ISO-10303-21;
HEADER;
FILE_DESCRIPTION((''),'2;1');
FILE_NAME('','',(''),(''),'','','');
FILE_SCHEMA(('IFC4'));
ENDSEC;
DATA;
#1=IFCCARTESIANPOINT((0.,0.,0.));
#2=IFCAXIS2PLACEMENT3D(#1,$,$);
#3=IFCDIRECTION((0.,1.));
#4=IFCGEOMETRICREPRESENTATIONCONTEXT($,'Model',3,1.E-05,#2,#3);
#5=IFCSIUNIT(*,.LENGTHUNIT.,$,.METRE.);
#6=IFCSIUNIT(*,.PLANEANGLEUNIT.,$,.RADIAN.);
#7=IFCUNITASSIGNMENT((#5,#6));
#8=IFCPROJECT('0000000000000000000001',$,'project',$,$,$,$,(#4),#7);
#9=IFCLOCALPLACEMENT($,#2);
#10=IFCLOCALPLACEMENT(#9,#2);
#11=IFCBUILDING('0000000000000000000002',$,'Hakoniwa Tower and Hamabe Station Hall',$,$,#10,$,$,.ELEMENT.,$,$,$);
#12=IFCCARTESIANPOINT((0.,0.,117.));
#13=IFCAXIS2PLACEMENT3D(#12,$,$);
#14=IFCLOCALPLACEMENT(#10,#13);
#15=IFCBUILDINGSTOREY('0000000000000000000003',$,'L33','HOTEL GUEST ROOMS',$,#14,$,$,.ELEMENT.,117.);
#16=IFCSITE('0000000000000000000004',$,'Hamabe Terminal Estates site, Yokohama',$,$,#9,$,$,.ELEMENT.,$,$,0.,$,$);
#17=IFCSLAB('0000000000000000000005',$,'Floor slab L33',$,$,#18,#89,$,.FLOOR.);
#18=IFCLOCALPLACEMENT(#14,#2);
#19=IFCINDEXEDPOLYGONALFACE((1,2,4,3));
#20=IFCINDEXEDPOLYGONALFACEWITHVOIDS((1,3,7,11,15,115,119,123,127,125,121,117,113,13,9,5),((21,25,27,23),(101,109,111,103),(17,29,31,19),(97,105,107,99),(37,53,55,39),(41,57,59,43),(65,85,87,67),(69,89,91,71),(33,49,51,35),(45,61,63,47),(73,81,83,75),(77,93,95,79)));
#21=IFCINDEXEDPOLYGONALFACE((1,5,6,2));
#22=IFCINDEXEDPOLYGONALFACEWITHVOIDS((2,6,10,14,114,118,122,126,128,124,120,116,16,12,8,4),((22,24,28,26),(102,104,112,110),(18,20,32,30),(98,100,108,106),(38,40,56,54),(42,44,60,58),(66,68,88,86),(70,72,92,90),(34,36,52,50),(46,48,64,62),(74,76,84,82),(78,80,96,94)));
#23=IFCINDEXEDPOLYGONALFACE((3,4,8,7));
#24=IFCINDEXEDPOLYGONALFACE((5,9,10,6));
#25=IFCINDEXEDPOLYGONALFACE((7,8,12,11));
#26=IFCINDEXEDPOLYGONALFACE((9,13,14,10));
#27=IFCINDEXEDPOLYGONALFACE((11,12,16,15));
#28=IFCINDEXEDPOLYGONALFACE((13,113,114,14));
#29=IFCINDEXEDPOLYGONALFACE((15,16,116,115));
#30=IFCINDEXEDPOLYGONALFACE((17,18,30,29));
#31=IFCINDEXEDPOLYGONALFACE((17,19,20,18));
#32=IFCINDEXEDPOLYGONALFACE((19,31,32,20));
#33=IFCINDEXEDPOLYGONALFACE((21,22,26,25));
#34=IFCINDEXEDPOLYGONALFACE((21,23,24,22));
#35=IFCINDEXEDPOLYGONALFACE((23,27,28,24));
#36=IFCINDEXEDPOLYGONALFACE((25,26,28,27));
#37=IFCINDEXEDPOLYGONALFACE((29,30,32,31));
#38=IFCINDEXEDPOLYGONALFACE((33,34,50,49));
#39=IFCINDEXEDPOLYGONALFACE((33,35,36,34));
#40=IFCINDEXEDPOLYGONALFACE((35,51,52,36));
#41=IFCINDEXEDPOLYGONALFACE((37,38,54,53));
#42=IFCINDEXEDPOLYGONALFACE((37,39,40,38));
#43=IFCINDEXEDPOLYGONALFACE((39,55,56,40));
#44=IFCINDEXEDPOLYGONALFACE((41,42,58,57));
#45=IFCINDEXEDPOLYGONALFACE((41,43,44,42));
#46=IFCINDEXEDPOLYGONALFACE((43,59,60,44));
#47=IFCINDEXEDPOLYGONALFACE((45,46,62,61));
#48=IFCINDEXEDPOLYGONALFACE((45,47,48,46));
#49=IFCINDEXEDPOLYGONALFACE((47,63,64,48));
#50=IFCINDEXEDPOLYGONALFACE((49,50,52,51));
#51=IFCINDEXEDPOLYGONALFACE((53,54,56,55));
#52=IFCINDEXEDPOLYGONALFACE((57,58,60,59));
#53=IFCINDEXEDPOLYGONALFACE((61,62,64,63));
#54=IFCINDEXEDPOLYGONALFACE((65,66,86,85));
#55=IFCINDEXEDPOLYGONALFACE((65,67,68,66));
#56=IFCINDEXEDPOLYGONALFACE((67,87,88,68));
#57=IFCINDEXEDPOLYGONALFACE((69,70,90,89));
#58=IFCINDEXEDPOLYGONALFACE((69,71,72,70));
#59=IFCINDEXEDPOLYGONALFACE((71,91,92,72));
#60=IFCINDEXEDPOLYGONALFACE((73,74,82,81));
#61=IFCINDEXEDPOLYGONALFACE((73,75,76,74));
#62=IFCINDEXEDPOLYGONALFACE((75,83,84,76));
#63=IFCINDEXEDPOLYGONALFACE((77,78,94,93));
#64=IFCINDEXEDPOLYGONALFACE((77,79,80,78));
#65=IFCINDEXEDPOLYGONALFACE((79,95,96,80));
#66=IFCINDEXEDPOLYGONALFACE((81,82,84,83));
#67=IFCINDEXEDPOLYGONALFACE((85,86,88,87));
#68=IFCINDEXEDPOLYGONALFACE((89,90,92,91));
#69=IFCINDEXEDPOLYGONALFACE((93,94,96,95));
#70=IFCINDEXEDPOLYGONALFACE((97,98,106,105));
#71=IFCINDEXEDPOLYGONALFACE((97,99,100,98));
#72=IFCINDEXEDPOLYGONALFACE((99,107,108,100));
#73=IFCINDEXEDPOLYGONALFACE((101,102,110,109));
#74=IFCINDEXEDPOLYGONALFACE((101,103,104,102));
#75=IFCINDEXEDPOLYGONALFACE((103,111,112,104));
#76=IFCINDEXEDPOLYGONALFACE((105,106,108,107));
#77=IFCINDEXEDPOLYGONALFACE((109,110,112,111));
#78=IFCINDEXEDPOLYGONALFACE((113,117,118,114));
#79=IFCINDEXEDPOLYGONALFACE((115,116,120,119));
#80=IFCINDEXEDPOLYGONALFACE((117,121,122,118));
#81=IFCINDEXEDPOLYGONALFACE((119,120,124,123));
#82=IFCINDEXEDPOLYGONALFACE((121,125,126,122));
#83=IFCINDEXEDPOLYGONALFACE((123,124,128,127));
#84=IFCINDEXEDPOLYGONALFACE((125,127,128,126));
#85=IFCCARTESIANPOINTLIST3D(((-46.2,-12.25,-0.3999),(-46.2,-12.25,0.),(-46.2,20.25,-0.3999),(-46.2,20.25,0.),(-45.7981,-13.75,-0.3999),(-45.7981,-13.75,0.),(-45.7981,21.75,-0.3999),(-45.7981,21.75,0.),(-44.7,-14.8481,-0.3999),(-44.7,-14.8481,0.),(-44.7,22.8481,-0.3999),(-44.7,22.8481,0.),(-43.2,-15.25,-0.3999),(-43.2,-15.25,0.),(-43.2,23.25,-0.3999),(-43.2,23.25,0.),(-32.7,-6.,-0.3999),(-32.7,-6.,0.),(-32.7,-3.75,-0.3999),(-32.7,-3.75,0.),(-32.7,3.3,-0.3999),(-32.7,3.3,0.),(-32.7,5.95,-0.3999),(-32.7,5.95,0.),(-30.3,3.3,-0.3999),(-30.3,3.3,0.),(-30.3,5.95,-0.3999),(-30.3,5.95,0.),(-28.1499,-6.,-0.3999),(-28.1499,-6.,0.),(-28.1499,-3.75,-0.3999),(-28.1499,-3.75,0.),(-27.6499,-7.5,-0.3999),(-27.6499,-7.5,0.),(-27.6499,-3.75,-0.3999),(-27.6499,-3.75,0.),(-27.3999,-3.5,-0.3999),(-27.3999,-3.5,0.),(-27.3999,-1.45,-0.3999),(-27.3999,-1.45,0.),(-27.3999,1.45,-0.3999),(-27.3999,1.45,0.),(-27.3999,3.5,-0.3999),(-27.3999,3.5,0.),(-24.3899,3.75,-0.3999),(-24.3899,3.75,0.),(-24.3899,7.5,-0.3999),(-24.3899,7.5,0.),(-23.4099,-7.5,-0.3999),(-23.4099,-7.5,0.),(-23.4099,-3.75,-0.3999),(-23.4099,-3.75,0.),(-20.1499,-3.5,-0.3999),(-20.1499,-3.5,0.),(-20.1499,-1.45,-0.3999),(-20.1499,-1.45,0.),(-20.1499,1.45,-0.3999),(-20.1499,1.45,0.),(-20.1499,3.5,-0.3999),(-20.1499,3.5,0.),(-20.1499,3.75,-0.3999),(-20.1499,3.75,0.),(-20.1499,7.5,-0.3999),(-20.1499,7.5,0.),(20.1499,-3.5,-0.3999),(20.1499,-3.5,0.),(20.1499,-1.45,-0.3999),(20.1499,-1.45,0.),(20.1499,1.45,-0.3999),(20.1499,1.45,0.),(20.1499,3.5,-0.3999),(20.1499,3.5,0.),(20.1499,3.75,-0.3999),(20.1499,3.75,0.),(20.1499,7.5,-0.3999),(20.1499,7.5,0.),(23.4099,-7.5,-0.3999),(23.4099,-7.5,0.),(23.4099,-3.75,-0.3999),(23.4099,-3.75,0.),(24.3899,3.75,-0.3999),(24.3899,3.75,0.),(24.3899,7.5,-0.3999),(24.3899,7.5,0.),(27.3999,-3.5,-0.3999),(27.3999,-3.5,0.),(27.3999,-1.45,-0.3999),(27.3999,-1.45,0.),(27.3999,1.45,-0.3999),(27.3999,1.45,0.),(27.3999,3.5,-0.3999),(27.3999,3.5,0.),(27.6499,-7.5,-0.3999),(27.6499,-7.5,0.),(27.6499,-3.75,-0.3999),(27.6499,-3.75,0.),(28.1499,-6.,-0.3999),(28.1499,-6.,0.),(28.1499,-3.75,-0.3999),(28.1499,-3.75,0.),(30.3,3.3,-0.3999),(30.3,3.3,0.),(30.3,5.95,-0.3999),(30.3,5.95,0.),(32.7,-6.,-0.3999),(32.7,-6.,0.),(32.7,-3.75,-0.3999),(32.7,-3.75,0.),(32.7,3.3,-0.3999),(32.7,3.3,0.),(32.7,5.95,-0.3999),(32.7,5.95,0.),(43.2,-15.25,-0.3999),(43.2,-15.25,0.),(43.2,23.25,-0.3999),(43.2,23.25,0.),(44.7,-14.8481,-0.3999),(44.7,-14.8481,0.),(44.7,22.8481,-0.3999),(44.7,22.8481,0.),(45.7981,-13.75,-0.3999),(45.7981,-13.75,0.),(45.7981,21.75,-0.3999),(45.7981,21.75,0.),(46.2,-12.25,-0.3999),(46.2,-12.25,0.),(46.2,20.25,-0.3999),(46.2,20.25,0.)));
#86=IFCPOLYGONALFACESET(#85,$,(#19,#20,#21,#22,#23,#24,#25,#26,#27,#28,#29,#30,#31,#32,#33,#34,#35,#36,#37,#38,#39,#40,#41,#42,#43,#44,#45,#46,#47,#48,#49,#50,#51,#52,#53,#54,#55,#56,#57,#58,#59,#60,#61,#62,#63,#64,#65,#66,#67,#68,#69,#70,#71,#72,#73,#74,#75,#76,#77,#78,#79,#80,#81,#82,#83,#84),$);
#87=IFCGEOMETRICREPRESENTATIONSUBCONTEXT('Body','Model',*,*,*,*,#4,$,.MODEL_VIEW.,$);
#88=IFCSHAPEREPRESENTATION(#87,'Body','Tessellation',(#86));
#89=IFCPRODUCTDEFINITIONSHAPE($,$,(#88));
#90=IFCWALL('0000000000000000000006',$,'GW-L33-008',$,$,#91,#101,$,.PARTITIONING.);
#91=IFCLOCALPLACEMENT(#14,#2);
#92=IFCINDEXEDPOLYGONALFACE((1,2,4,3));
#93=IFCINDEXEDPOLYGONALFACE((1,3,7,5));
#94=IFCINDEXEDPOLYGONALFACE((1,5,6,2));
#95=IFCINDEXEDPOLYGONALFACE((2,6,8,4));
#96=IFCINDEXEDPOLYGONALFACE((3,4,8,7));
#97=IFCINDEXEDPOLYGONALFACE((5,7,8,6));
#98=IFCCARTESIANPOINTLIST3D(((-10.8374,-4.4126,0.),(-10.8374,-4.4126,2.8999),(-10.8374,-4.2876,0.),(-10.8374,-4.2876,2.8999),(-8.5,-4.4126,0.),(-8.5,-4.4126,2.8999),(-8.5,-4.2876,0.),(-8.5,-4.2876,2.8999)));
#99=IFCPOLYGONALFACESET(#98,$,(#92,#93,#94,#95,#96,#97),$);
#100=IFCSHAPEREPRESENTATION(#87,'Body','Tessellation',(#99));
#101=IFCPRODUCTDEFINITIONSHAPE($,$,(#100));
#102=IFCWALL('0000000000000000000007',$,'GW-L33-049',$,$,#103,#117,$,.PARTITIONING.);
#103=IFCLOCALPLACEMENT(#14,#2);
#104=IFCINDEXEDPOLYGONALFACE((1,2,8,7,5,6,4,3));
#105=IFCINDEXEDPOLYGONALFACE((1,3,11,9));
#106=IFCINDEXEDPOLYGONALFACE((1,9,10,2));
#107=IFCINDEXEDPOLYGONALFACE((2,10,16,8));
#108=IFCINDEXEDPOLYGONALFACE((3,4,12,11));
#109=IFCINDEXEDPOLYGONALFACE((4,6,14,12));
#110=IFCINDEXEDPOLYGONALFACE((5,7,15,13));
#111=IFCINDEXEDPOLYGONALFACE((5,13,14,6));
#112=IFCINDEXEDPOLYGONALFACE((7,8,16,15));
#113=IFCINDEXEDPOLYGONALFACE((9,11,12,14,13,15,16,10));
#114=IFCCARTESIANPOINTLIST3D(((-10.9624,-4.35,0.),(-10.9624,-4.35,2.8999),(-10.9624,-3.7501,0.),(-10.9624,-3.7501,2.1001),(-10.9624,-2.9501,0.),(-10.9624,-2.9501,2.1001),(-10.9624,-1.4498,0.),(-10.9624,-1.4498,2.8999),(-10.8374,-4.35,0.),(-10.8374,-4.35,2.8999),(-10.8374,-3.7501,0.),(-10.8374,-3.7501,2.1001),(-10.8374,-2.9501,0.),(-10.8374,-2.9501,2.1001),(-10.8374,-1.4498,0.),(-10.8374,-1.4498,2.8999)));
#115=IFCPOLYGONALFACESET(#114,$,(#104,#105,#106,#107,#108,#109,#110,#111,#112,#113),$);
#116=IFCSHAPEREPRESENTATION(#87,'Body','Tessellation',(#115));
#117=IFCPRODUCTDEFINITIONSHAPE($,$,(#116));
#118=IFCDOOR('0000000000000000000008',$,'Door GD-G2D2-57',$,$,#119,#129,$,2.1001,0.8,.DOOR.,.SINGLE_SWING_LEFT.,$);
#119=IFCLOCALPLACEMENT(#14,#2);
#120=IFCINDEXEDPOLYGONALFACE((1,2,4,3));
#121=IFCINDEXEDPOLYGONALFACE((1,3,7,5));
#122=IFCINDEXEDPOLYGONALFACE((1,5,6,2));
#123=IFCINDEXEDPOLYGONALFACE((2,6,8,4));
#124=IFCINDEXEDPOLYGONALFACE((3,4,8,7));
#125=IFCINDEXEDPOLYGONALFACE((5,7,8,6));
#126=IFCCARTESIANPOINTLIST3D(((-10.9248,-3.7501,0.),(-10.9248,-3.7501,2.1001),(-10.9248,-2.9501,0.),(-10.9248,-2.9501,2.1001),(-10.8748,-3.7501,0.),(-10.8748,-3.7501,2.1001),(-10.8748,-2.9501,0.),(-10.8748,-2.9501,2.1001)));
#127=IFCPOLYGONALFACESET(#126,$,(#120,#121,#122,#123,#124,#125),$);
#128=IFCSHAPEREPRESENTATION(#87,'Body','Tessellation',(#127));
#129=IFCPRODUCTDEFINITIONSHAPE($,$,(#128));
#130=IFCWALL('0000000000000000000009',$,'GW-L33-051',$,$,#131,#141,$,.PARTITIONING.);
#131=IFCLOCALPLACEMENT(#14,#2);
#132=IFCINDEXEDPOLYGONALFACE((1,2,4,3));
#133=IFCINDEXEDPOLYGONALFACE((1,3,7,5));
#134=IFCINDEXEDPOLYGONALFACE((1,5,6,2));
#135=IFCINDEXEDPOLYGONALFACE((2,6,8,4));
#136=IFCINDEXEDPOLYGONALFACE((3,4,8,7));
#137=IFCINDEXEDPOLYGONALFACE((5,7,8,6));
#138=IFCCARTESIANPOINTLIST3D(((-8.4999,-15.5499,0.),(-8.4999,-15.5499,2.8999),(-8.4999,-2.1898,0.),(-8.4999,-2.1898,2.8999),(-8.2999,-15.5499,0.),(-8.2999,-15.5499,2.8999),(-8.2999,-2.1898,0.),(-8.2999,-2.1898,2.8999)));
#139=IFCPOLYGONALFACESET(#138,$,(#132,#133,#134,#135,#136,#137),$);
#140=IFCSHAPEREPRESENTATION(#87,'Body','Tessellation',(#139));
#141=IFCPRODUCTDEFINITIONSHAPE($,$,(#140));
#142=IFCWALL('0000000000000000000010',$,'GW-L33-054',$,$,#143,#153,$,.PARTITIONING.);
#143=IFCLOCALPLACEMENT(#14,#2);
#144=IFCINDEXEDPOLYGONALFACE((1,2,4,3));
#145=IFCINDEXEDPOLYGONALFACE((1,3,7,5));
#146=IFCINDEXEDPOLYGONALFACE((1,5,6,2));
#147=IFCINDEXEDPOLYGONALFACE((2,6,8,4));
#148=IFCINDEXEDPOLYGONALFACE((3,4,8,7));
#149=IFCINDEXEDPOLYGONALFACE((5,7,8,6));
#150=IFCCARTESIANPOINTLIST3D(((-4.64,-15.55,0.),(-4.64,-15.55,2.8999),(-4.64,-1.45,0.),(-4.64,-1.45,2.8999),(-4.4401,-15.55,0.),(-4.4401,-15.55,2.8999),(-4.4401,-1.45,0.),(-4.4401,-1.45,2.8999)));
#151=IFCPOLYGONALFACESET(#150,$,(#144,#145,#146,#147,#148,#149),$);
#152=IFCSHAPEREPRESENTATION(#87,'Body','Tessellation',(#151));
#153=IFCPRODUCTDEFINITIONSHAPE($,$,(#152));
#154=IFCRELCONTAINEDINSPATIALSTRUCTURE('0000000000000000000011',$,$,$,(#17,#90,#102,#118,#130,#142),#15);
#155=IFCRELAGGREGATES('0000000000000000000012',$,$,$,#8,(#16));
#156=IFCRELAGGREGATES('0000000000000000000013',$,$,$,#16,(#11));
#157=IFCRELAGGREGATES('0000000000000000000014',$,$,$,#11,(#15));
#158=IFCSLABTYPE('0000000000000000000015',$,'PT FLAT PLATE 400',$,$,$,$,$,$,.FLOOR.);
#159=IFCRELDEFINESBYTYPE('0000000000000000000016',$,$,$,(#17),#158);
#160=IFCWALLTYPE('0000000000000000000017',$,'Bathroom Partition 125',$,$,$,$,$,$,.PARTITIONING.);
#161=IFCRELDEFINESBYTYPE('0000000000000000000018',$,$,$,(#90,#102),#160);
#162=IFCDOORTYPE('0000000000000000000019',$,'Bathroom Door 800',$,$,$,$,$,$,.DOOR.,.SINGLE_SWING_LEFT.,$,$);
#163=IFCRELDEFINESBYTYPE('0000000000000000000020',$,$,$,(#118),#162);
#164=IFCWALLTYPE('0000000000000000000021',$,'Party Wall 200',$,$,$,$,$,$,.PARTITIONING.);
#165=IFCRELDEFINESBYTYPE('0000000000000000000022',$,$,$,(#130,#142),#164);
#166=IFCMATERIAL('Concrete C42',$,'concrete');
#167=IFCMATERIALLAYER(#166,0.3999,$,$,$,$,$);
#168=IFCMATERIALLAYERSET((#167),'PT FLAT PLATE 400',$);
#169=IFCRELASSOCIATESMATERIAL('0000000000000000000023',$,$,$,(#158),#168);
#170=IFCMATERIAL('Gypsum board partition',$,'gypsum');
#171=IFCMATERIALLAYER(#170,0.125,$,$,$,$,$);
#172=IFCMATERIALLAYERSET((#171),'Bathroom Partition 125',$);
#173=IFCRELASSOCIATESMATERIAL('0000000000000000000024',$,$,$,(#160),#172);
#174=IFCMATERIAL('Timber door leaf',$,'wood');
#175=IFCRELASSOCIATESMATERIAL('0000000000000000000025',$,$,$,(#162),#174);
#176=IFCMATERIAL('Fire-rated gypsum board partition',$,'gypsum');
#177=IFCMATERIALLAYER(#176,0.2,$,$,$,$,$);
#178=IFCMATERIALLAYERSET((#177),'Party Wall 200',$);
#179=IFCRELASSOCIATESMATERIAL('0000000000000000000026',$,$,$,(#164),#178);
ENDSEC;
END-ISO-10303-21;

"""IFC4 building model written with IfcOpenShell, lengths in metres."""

from ifc_helpers import new_model, si_unit, direction, frame, frame_2d, origin, place, context, subcontext, project, spatial, polyline, rectangle, outline, extrude, material, layer, layer_set, type_object, element, fill, save


model = new_model("IFC4")

# Units and contexts
model_context = context("Model", 3, precision=1e-05, world=origin(), true_north=direction((0.0, 1.0)))
body_context = subcontext(model_context, "Body", "Model", "MODEL_VIEW")
ifc_project = project(units=[si_unit("LENGTHUNIT", "METRE"), si_unit("PLANEANGLEUNIT", "RADIAN")], contexts=[model_context])

# Site, building, storey
site_placement = place(None, origin())
site = spatial("IfcSite", under=ifc_project, at=site_placement, Name="Hamabe Terminal Estates site, Yokohama", CompositionType="ELEMENT", RefElevation=0.0)
building_placement = place(site_placement, origin())
building = spatial("IfcBuilding", under=site, at=building_placement, Name="Hakoniwa Tower and Hamabe Station Hall", CompositionType="ELEMENT")
storey_placement = place(building_placement, frame((0.0, 0.0, 117.0)))
storey = spatial("IfcBuildingStorey", under=building, at=storey_placement, Name="L33", Description="HOTEL GUEST ROOMS", CompositionType="ELEMENT", Elevation=117.0)

# Slab
ifc_material_1 = material(Name="Concrete C42", Category="concrete")
ifc_layer_1 = layer(ifc_material_1, 0.3999)
ifc_layer_set_1 = layer_set([ifc_layer_1], Name="PT FLAT PLATE 400")
slab_type = type_object("IfcSlabType", Name="PT FLAT PLATE 400", PredefinedType="FLOOR", material=ifc_layer_set_1)
slab_placement = place(storey_placement, frame((0.0, 0.0, -0.3999)))
element("IfcSlab", 1, at=slab_placement, inside=storey, type_object=slab_type, Name="Floor slab L33", PredefinedType="FLOOR", context=body_context, shape_type="SweptSolid", body=[
    extrude(outline(polyline([(46.2, -12.25), (46.2, 20.25), (45.7981, 21.75), (44.7, 22.8481), (43.2, 23.25), (-43.2, 23.25), (-44.7, 22.8481), (-45.7981, 21.75), (-46.2, 20.25), (-46.2, -12.25), (-45.7981, -13.75), (-44.7, -14.8481), (-43.2, -15.25), (43.2, -15.25), (44.7, -14.8481), (45.7981, -13.75), (46.2, -12.25)]), holes=[polyline([(-27.3999, 1.45), (-27.3999, 3.5), (-20.1499, 3.5), (-20.1499, 1.45), (-27.3999, 1.45)]), polyline([(-27.3999, -3.5), (-27.3999, -1.45), (-20.1499, -1.45), (-20.1499, -3.5), (-27.3999, -3.5)]), polyline([(-32.7, 3.3), (-32.7, 5.95), (-30.3, 5.95), (-30.3, 3.3), (-32.7, 3.3)]), polyline([(-32.7, -6.0), (-32.7, -3.75), (-28.1499, -3.75), (-28.1499, -6.0), (-32.7, -6.0)]), polyline([(-24.3899, 3.75), (-24.3899, 7.5), (-20.1499, 7.5), (-20.1499, 3.75), (-24.3899, 3.75)]), polyline([(-27.6499, -7.5), (-27.6499, -3.75), (-23.4099, -3.75), (-23.4099, -7.5), (-27.6499, -7.5)]), polyline([(20.1499, 1.45), (20.1499, 3.5), (27.3999, 3.5), (27.3999, 1.45), (20.1499, 1.45)]), polyline([(20.1499, -3.5), (20.1499, -1.45), (27.3999, -1.45), (27.3999, -3.5), (20.1499, -3.5)]), polyline([(30.3, 3.3), (30.3, 5.95), (32.7, 5.95), (32.7, 3.3), (30.3, 3.3)]), polyline([(28.1499, -6.0), (28.1499, -3.75), (32.7, -3.75), (32.7, -6.0), (28.1499, -6.0)]), polyline([(20.1499, 3.75), (20.1499, 7.5), (24.3899, 7.5), (24.3899, 3.75), (20.1499, 3.75)]), polyline([(23.4099, -7.5), (23.4099, -3.75), (27.6499, -3.75), (27.6499, -7.5), (23.4099, -7.5)])]), origin(), (0.0, 0.0, 1.0), 0.3999),
])

# Wall
ifc_material_2 = material(Name="Gypsum board partition", Category="gypsum")
ifc_layer_2 = layer(ifc_material_2, 0.125)
ifc_layer_set_2 = layer_set([ifc_layer_2], Name="Bathroom Partition 125")
wall_type_1 = type_object("IfcWallType", Name="Bathroom Partition 125", PredefinedType="PARTITIONING", material=ifc_layer_set_2)
wall_1_placement = place(storey_placement, frame((-10.8374, -4.3501, 0.0), z_axis=(0.0, 0.0, 1.0), x_axis=(1.0, 0.0, 0.0)))
element("IfcWall", 2, at=wall_1_placement, inside=storey, type_object=wall_type_1, Name="GW-L33-008", PredefinedType="PARTITIONING", context=body_context, shape_type="SweptSolid", body=[
    extrude(rectangle(XDim=2.3374, YDim=0.125, at=frame_2d((1.1687, 0.0))), origin(), (0.0, 0.0, 1.0), 2.8999),
])

# Wall, opening, door
wall_2_placement = place(storey_placement, frame((-10.8999, -4.3501, 0.0), z_axis=(0.0, 0.0, 1.0), x_axis=(0.0, 1.0, 0.0)))
wall_2 = element("IfcWall", 3, at=wall_2_placement, inside=storey, type_object=wall_type_1, Name="GW-L33-049", PredefinedType="PARTITIONING", context=body_context, shape_type="SweptSolid", body=[
    extrude(rectangle(XDim=2.9001, YDim=0.125, at=frame_2d((1.4502, 0.0))), origin(), (0.0, 0.0, 1.0), 2.8999),
])
opening_placement = place(wall_2_placement, frame((0.6001, 0.0, 0.0)))
opening = element("IfcOpeningElement", 4, at=opening_placement, cuts=wall_2, PredefinedType="OPENING", context=body_context, shape_type="SweptSolid", body=[
    extrude(rectangle(XDim=0.8, YDim=2.1001, at=frame_2d((0.3999, 1.05))), frame((0.0, 0.0725, 0.0), z_axis=(0.0, -1.0, 0.0), x_axis=(1.0, 0.0, 0.0)), (0.0, 0.0, 1.0), 0.145),
])
ifc_material_3 = material(Name="Timber door leaf", Category="wood")
door_type = type_object("IfcDoorType", Name="Bathroom Door 800", OperationType="SINGLE_SWING_LEFT", PredefinedType="DOOR", material=ifc_material_3)
door_placement = place(opening_placement, origin())
door = element("IfcDoor", 5, at=door_placement, inside=storey, type_object=door_type, Name="Door GD-G2D2-57", OperationType="SINGLE_SWING_LEFT", OverallHeight=2.1001, OverallWidth=0.8, PredefinedType="DOOR", context=body_context, shape_type="SweptSolid", body=[
    extrude(rectangle(XDim=0.8, YDim=2.1001, at=frame_2d((0.3999, 1.05))), frame((0.0, 0.0249, 0.0), z_axis=(0.0, -1.0, 0.0), x_axis=(1.0, 0.0, 0.0)), (0.0, 0.0, 1.0), 0.05),
])
fill(opening, door)

# Walls
ifc_material_4 = material(Name="Fire-rated gypsum board partition", Category="gypsum")
ifc_layer_3 = layer(ifc_material_4, 0.2)
ifc_layer_set_3 = layer_set([ifc_layer_3], Name="Party Wall 200")
wall_type_2 = type_object("IfcWallType", Name="Party Wall 200", PredefinedType="PARTITIONING", material=ifc_layer_set_3)
wall_3_placement = place(storey_placement, frame((-8.3999, -15.55, 0.0), z_axis=(0.0, 0.0, 1.0), x_axis=(0.0, 1.0, 0.0)))
element("IfcWall", 6, at=wall_3_placement, inside=storey, type_object=wall_type_2, Name="GW-L33-051", PredefinedType="PARTITIONING", context=body_context, shape_type="SweptSolid", body=[
    extrude(rectangle(XDim=13.3601, YDim=0.2, at=frame_2d((6.6802, 0.0))), origin(), (0.0, 0.0, 1.0), 2.8999),
])
wall_4_placement = place(storey_placement, frame((-4.54, -15.55, 0.0), z_axis=(0.0, 0.0, 1.0), x_axis=(0.0, 1.0, 0.0)))
element("IfcWall", 7, at=wall_4_placement, inside=storey, type_object=wall_type_2, Name="GW-L33-054", PredefinedType="PARTITIONING", context=body_context, shape_type="SweptSolid", body=[
    extrude(rectangle(XDim=14.1001, YDim=0.2, at=frame_2d((7.05, 0.0))), origin(), (0.0, 0.0, 1.0), 2.8999),
])

save(model, "model.ifc")
